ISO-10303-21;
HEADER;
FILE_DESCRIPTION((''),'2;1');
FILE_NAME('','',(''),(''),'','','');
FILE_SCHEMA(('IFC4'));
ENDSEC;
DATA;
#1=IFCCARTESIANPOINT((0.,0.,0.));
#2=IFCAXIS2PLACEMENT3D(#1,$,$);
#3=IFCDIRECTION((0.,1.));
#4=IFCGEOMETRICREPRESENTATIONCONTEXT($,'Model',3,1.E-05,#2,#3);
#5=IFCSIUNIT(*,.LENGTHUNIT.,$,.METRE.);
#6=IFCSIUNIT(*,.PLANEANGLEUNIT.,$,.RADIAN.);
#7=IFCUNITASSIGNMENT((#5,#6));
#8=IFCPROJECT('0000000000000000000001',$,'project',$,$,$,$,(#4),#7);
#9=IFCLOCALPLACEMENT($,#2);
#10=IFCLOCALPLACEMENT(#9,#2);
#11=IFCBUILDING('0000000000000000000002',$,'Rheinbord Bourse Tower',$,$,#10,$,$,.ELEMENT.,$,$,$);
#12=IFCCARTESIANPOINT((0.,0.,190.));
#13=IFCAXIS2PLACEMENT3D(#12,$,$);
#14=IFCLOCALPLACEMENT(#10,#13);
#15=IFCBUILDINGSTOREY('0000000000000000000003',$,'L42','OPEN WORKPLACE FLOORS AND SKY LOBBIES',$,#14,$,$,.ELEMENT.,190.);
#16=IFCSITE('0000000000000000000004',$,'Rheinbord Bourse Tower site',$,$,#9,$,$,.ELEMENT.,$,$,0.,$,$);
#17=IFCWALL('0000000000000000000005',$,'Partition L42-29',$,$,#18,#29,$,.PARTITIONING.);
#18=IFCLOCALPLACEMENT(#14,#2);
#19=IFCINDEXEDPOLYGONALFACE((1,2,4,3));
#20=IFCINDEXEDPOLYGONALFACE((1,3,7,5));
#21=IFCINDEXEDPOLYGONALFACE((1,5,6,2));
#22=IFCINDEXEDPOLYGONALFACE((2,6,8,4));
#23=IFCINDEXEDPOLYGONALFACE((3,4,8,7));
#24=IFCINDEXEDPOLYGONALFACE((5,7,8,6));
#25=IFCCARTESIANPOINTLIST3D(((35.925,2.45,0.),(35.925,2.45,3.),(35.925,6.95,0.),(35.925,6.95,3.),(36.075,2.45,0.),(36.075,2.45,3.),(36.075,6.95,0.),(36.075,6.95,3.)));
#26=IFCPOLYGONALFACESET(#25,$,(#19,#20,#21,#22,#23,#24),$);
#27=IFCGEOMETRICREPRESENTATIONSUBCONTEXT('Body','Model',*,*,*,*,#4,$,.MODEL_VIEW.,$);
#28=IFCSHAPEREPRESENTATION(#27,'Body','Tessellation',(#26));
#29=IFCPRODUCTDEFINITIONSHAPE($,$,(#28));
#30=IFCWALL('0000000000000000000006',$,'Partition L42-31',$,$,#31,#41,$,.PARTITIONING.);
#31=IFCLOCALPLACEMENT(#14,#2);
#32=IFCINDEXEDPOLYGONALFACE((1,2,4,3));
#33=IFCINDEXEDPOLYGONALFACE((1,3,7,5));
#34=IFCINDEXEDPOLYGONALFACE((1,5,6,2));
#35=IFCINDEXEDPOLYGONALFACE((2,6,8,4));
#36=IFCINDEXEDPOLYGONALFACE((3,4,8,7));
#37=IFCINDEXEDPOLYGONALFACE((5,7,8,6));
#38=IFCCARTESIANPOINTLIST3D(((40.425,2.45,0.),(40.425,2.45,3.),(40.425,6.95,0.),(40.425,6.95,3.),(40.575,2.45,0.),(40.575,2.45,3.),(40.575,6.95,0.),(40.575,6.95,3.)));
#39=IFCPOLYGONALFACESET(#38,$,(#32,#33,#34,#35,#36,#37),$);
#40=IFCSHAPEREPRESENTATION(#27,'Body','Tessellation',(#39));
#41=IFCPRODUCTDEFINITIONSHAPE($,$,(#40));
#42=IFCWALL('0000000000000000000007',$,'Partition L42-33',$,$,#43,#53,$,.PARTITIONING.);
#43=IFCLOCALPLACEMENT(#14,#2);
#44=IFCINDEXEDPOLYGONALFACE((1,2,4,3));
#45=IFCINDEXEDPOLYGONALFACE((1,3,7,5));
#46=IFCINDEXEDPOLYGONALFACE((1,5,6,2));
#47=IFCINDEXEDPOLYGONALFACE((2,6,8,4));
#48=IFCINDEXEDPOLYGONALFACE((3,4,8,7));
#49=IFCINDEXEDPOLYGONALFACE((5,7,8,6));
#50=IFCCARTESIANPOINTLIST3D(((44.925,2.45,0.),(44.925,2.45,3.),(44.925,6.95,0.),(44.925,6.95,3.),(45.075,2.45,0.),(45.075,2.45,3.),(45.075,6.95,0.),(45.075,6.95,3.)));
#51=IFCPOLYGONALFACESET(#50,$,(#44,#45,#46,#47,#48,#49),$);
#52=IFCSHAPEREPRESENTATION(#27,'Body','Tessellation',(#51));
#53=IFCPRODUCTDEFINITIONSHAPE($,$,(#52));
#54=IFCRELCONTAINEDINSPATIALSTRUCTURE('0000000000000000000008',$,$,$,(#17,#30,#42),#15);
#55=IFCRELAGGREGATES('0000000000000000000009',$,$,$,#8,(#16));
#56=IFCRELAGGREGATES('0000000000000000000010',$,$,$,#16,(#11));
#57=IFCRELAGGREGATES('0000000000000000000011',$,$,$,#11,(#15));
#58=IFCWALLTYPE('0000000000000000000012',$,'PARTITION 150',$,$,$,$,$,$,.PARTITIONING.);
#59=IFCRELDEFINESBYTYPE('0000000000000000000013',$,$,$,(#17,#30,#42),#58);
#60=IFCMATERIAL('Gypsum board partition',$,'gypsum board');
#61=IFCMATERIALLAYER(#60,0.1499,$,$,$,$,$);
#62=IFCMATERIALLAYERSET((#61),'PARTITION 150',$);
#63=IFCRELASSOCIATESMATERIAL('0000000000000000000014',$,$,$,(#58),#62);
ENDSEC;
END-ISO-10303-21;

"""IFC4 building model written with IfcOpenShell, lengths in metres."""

from ifc_helpers import new_model, si_unit, direction, frame, frame_2d, origin, place, context, subcontext, project, spatial, rectangle, extrude, material, layer, layer_set, type_object, element, save


model = new_model("IFC4")

# Units and contexts
model_context = context("Model", 3, precision=1e-05, world=origin(), true_north=direction((0.0, 1.0)))
body_context = subcontext(model_context, "Body", "Model", "MODEL_VIEW")
ifc_project = project(units=[si_unit("LENGTHUNIT", "METRE"), si_unit("PLANEANGLEUNIT", "RADIAN")], contexts=[model_context])

# Site, building, storey
site_placement = place(None, origin())
site = spatial("IfcSite", under=ifc_project, at=site_placement, Name="Rheinbord Bourse Tower site", CompositionType="ELEMENT", RefElevation=0.0)
building_placement = place(site_placement, origin())
building = spatial("IfcBuilding", under=site, at=building_placement, Name="Rheinbord Bourse Tower", CompositionType="ELEMENT")
storey_placement = place(building_placement, frame((0.0, 0.0, 190.0)))
storey = spatial("IfcBuildingStorey", under=building, at=storey_placement, Name="L42", Description="OPEN WORKPLACE FLOORS AND SKY LOBBIES", CompositionType="ELEMENT", Elevation=190.0)

# Walls
ifc_material_1 = material(Name="Gypsum board partition", Category="gypsum board")
ifc_layer_1 = layer(ifc_material_1, 0.1499)
ifc_layer_set_1 = layer_set([ifc_layer_1], Name="PARTITION 150")
wall_type = type_object("IfcWallType", Name="PARTITION 150", PredefinedType="PARTITIONING", material=ifc_layer_set_1)
for number, where, z_axis, x_axis, name in (
    (1, (36.0, 2.45, 0.0), (0.0, 0.0, 1.0), (0.0, 1.0, 0.0), "Partition L42-29"),
    (2, (40.5, 2.45, 0.0), (0.0, 0.0, 1.0), (0.0, 1.0, 0.0), "Partition L42-31"),
    (3, (45.0, 2.45, 0.0), (0.0, 0.0, 1.0), (0.0, 1.0, 0.0), "Partition L42-33"),
):
    element("IfcWall", number, at=place(storey_placement, frame(where, z_axis=z_axis, x_axis=x_axis)), inside=storey, type_object=wall_type, Name=name, PredefinedType="PARTITIONING", context=body_context, shape_type="SweptSolid", body=[
        extrude(rectangle(XDim=4.5, YDim=0.1499, at=frame_2d((2.25, 0.0))), origin(), (0.0, 0.0, 1.0), 3.0),
    ])

save(model, "model.ifc")
